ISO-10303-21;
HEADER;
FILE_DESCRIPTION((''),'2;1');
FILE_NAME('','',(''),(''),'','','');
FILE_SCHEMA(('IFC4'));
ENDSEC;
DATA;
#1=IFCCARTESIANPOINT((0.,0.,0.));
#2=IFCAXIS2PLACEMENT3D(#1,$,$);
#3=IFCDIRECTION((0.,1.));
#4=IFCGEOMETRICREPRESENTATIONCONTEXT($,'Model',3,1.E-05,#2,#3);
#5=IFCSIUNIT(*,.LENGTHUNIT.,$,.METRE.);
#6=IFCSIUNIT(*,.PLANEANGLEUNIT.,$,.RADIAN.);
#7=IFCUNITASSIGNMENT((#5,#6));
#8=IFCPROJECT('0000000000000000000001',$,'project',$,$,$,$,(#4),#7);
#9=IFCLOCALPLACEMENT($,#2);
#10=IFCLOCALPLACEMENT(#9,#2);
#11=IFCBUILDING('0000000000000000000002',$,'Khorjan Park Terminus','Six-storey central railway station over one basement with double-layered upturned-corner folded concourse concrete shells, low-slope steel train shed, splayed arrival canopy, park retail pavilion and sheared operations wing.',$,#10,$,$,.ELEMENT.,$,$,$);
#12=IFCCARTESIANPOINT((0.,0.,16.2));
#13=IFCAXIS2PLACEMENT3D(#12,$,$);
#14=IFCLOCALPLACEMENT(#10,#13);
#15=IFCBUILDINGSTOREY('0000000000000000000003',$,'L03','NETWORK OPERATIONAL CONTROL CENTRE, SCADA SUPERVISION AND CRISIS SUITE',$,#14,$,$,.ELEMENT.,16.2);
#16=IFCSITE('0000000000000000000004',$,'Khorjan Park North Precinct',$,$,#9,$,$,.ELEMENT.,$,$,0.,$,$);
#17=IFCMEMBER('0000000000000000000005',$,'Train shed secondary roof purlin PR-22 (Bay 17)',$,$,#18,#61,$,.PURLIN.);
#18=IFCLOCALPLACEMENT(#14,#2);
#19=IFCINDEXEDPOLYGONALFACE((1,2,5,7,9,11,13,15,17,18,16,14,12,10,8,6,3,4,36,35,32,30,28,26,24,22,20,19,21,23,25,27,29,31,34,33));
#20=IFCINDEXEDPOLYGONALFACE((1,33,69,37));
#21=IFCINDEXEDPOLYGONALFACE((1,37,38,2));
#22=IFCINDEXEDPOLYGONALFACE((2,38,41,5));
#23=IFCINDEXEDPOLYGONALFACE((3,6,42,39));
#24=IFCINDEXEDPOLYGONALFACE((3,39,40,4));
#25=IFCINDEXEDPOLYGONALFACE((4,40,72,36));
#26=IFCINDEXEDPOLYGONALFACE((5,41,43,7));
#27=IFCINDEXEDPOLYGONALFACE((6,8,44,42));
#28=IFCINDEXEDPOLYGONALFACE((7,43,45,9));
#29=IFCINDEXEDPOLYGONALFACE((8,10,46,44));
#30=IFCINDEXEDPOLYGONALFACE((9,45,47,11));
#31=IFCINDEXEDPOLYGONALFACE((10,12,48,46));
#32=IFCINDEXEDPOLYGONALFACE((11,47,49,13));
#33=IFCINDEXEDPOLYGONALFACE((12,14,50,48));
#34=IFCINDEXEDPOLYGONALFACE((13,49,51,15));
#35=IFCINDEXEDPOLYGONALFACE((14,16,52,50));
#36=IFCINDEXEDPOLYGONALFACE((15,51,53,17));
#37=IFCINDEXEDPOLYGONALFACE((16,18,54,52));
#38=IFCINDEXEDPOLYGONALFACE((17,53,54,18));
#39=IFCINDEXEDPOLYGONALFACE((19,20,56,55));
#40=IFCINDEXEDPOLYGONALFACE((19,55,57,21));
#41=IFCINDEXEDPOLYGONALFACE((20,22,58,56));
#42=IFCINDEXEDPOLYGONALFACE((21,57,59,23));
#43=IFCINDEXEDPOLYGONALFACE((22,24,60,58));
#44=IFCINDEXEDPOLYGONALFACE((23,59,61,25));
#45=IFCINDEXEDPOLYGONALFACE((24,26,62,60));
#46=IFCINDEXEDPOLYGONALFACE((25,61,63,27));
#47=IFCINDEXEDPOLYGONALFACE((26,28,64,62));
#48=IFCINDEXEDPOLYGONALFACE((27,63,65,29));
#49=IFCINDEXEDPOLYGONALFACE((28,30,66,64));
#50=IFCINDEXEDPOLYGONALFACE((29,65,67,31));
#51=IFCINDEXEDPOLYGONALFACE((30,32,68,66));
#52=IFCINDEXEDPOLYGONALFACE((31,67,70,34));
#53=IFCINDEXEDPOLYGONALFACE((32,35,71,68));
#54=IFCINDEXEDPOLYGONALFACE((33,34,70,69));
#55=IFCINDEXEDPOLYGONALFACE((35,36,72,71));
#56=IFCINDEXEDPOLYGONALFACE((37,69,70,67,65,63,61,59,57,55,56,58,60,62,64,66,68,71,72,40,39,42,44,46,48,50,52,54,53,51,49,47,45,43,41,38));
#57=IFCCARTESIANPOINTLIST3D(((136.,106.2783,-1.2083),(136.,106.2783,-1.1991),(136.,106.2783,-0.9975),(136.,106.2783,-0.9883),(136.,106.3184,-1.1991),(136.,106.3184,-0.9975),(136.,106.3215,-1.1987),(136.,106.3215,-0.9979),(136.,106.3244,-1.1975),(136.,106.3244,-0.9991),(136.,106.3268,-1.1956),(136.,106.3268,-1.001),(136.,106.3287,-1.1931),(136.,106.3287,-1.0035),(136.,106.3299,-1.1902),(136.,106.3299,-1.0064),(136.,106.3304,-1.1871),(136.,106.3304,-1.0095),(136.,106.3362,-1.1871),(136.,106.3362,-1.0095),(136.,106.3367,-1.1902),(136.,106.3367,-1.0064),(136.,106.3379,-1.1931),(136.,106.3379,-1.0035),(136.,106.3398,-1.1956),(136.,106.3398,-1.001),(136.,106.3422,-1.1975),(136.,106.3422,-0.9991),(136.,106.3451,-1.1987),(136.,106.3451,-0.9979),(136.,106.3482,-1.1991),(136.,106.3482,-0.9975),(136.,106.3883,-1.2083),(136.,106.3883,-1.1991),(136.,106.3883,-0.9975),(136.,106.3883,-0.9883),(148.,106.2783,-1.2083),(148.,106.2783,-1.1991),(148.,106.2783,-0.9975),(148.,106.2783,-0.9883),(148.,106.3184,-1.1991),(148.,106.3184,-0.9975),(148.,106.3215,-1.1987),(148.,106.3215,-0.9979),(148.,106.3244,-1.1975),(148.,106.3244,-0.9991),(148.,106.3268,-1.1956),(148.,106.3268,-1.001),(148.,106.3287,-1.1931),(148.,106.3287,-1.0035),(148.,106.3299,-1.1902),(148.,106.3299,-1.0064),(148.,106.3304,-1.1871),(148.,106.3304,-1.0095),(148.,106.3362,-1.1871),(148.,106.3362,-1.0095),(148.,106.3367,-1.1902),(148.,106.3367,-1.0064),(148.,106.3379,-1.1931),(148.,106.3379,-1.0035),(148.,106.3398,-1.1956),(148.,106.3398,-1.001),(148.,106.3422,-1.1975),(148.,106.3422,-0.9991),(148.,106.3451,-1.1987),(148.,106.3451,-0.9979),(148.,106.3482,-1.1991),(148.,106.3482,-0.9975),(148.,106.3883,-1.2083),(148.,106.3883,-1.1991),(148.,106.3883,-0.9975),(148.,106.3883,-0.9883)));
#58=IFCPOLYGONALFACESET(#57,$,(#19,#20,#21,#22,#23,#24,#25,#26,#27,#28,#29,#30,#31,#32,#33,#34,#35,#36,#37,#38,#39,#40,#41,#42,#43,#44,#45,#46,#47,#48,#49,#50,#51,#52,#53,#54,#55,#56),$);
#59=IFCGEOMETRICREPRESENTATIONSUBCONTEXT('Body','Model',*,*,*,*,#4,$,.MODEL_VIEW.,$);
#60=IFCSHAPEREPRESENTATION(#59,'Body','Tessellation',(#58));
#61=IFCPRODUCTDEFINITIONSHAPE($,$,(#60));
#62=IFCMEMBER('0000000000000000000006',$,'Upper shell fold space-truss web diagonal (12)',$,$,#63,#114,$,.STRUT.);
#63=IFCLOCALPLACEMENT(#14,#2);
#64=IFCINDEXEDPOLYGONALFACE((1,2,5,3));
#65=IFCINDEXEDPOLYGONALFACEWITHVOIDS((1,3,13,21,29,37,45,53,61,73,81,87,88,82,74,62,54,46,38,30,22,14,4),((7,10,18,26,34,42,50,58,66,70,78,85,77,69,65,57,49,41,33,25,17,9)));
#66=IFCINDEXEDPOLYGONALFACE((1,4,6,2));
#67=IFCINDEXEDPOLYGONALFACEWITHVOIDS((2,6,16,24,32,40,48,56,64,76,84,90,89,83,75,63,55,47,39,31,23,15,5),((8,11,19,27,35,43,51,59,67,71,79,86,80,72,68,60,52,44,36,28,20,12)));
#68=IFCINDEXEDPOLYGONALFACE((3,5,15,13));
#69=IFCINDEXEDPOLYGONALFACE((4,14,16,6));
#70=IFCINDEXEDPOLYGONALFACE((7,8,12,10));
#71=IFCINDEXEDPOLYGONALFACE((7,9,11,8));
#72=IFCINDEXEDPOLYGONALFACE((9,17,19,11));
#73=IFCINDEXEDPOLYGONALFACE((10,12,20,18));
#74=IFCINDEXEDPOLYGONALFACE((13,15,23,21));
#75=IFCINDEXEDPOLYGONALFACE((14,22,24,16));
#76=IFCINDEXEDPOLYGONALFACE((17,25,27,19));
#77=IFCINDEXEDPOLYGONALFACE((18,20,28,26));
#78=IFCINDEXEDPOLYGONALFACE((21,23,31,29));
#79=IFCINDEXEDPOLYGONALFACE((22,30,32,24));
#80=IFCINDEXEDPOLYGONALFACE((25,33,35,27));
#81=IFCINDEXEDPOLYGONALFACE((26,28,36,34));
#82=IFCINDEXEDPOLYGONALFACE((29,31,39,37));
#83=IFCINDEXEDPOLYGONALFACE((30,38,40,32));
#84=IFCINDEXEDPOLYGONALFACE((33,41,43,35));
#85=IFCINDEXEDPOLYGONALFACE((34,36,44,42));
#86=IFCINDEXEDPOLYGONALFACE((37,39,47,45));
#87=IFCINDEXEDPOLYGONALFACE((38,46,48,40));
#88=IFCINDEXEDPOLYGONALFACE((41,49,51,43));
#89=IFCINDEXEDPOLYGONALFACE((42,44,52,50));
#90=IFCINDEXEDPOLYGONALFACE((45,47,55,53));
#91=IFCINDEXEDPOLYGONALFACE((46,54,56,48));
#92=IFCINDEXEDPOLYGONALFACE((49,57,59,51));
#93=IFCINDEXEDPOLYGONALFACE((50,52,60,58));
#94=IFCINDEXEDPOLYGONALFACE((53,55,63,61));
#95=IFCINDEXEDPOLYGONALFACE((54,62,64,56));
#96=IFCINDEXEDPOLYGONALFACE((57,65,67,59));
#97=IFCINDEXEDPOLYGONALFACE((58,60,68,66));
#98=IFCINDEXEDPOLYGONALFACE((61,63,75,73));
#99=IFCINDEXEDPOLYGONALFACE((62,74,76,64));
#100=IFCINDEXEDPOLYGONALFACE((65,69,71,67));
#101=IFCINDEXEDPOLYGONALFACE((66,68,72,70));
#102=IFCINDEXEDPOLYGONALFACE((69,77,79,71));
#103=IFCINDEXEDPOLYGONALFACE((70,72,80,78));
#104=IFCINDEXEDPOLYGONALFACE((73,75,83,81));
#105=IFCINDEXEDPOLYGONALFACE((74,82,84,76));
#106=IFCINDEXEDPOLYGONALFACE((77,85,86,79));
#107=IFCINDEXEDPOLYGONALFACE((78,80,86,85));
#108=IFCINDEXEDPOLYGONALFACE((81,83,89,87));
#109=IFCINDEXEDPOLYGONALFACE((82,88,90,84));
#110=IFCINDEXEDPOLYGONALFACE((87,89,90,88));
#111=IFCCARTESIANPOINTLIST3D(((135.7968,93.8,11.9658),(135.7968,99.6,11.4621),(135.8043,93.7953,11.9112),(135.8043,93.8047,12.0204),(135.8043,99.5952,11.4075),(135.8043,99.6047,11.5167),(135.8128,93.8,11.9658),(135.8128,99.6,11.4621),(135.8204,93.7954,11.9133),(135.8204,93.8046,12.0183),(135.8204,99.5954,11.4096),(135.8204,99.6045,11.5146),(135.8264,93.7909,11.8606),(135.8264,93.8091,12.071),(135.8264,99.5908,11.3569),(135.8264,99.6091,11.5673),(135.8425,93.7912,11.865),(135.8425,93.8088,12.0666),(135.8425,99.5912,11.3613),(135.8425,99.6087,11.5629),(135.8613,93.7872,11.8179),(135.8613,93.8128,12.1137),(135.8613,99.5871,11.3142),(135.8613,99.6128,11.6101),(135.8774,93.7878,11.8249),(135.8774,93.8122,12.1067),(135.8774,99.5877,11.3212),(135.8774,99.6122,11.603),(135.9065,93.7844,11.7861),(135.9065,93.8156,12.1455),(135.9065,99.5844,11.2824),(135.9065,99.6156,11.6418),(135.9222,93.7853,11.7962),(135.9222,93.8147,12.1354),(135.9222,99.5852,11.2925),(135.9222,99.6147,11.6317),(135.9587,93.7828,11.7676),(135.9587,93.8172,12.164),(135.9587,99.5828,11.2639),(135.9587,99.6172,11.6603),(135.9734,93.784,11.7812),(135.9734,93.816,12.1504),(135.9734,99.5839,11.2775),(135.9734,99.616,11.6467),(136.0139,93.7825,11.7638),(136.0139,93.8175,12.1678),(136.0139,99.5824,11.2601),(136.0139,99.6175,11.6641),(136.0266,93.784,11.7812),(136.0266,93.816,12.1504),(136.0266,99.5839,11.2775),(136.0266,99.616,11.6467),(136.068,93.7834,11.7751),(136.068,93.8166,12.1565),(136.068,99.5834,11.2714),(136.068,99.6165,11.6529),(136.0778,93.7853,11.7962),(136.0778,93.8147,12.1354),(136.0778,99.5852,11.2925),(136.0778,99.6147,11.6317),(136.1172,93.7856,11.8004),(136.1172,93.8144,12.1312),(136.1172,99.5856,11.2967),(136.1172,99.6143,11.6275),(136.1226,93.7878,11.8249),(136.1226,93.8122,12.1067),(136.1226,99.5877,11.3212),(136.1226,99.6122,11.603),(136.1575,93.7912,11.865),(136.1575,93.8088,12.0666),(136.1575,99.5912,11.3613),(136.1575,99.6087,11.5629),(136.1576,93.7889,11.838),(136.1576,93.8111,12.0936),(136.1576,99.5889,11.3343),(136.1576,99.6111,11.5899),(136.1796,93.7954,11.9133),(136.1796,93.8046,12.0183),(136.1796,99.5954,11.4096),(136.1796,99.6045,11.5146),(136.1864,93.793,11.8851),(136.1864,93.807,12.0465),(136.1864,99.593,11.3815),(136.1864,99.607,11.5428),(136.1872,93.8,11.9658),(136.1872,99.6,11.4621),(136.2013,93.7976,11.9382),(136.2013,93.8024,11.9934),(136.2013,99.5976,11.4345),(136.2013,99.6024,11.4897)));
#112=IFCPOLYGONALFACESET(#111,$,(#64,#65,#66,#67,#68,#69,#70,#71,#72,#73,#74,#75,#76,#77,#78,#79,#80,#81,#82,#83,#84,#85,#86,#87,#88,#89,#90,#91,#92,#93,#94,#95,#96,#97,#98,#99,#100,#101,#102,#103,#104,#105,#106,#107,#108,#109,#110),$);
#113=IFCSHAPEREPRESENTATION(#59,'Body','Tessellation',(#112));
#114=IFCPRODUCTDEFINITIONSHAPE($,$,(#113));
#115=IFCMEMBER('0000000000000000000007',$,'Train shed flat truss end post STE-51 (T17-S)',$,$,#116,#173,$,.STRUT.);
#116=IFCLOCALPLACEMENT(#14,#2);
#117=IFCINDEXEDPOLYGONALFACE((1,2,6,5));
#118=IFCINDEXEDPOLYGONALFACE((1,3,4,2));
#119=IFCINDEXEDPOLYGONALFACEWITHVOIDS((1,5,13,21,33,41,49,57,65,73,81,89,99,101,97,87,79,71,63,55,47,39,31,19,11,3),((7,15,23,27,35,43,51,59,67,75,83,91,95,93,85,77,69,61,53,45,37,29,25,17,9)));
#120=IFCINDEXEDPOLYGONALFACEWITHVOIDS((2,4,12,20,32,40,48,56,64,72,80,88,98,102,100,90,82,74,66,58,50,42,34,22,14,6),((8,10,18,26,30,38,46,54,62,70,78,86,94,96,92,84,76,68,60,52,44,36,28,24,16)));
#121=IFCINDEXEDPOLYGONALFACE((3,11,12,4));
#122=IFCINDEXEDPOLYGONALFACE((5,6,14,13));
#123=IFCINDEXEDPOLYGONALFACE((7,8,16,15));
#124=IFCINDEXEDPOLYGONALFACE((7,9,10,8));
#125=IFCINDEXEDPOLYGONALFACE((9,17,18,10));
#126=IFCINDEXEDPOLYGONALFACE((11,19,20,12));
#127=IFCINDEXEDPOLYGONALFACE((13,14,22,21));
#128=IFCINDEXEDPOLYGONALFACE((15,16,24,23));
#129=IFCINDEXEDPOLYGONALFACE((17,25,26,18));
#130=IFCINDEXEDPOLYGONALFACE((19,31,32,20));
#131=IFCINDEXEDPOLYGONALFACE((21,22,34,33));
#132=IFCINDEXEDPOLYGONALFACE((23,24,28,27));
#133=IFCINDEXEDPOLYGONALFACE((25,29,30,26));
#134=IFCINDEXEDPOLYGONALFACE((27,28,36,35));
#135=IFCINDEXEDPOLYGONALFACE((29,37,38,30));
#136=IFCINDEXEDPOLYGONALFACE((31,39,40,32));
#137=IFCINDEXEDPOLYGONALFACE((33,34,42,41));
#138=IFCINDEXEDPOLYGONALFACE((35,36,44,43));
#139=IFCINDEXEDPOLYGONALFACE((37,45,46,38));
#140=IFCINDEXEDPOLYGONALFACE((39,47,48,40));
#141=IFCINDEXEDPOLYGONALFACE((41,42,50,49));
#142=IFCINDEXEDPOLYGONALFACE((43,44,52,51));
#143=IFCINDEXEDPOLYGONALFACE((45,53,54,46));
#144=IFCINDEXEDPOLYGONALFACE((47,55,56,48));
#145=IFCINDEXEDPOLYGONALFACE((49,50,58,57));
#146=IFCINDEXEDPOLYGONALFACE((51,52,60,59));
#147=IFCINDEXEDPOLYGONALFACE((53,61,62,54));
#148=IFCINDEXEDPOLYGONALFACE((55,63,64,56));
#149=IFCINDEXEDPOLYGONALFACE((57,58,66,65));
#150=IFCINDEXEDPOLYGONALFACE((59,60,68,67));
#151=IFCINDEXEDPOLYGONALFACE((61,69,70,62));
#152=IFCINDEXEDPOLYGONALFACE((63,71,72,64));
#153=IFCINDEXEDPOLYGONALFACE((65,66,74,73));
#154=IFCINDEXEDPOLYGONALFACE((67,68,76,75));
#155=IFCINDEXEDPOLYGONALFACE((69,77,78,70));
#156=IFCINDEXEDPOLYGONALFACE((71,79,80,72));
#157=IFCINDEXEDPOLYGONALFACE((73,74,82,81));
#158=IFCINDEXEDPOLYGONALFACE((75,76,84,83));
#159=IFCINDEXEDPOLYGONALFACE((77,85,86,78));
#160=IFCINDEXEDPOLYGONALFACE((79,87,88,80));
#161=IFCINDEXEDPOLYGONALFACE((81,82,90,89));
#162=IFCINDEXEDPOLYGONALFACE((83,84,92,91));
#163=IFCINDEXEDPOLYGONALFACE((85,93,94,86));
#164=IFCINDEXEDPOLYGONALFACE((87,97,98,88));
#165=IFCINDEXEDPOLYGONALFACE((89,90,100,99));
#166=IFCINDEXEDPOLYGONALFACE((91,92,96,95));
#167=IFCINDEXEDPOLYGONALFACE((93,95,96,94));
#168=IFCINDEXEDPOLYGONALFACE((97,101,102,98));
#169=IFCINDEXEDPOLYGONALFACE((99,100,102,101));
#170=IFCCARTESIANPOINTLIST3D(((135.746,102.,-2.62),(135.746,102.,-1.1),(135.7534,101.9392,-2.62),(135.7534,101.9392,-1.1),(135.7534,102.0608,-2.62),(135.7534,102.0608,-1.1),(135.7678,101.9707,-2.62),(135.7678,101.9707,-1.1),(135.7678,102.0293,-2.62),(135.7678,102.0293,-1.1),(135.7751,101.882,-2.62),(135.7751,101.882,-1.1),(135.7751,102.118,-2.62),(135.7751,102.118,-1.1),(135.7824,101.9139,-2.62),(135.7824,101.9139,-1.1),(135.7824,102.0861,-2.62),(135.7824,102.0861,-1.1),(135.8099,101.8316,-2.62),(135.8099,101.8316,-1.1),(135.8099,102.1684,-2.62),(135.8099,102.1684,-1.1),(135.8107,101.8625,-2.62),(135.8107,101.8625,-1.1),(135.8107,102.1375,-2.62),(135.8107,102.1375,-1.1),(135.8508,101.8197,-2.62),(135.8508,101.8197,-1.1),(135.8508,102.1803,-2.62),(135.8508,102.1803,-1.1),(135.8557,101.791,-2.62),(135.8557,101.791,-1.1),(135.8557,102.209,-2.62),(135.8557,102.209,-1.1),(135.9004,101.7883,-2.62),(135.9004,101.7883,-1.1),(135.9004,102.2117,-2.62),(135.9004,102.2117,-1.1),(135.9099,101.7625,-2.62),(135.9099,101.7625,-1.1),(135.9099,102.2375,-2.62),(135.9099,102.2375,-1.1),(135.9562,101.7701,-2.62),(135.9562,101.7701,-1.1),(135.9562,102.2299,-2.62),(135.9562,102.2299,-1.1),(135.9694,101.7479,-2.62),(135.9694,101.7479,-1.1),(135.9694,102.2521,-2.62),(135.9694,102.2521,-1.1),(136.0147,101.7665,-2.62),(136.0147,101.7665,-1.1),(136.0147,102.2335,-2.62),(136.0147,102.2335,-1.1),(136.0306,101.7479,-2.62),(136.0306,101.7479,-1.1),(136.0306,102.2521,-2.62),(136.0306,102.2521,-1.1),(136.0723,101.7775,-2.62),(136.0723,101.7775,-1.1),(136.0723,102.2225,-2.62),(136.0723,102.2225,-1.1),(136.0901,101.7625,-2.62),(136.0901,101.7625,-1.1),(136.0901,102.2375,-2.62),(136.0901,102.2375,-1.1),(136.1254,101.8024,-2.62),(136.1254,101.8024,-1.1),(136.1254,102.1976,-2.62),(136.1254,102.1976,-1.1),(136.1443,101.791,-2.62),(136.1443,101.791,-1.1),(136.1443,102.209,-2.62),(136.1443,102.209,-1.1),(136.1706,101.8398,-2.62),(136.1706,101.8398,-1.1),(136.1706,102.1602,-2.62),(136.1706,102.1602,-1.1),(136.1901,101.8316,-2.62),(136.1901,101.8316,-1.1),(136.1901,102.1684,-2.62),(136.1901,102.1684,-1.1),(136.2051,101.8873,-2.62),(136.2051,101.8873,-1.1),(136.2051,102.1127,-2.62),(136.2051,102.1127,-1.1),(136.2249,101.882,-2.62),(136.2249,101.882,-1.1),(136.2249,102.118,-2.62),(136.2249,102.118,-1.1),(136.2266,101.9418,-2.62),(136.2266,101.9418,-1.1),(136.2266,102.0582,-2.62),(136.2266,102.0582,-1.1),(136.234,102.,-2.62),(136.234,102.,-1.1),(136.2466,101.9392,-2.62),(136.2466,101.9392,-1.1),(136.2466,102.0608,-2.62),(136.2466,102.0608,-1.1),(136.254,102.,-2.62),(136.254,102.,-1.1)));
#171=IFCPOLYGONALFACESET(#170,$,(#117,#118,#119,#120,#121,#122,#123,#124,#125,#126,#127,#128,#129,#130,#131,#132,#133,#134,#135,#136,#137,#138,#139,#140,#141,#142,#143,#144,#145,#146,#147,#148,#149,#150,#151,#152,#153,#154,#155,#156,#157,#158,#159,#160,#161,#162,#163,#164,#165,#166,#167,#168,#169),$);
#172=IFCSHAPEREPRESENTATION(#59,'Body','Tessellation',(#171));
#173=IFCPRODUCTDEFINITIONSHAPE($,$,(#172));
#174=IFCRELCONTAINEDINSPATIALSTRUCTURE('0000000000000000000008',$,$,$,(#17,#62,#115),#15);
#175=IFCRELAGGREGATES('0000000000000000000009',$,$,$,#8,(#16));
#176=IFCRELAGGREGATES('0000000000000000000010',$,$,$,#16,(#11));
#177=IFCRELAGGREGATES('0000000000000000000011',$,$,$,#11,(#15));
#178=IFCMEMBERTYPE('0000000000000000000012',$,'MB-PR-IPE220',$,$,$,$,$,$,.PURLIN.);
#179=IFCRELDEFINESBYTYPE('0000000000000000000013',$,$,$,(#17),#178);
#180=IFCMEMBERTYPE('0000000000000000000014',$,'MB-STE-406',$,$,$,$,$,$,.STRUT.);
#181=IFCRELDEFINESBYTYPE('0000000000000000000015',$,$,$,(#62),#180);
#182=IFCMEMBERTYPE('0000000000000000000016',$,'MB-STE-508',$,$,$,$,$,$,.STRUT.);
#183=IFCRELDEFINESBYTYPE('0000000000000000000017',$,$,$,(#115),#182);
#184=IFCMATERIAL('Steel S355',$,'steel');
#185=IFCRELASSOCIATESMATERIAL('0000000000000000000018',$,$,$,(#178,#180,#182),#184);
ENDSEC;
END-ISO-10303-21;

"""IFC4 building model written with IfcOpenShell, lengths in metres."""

from ifc_helpers import new_model, si_unit, direction, frame, origin, origin_2d, place, context, subcontext, project, spatial, hollow_circle, i_section, extrude, material, material_profile, profile_set, type_object, element, save


model = new_model("IFC4")

# Units and contexts
model_context = context("Model", 3, precision=1e-05, world=origin(), true_north=direction((0.0, 1.0)))
body_context = subcontext(model_context, "Body", "Model", "MODEL_VIEW")
ifc_project = project(units=[si_unit("LENGTHUNIT", "METRE"), si_unit("PLANEANGLEUNIT", "RADIAN")], contexts=[model_context])

# Site, building, storey
site_placement = place(None, origin())
site = spatial("IfcSite", under=ifc_project, at=site_placement, Name="Khorjan Park North Precinct", CompositionType="ELEMENT", RefElevation=0.0)
building_placement = place(site_placement, origin())
building = spatial("IfcBuilding", under=site, at=building_placement, Name="Khorjan Park Terminus", Description="Six-storey central railway station over one basement with double-layered upturned-corner folded concourse concrete shells, low-slope steel train shed, splayed arrival canopy, park retail pavilion and sheared operations wing.", CompositionType="ELEMENT")
storey_placement = place(building_placement, frame((0.0, 0.0, 16.2)))
storey = spatial("IfcBuildingStorey", under=building, at=storey_placement, Name="L03", Description="NETWORK OPERATIONAL CONTROL CENTRE, SCADA SUPERVISION AND CRISIS SUITE", CompositionType="ELEMENT", Elevation=16.2)

# Members
ifc_material = material(Name="Steel S355", Category="steel")
ifc_material_profile_1 = material_profile(ifc_material, i_section(OverallWidth=0.11, OverallDepth=0.22, WebThickness=0.0059, FlangeThickness=0.0092, FilletRadius=0.012, at=origin_2d()), Name="IPE 220")
ifc_profile_set_1 = profile_set([ifc_material_profile_1], Name="Steel S355")
member_type_1 = type_object("IfcMemberType", Name="MB-PR-IPE220", PredefinedType="PURLIN", material=ifc_profile_set_1)
member_1_placement = place(storey_placement, frame((136.0, 106.3333, -1.0983), z_axis=(1.0, 0.0, 0.0), x_axis=(0.0, 1.0, 0.0)))
element("IfcMember", 1, at=member_1_placement, inside=storey, type_object=member_type_1, Name="Train shed secondary roof purlin PR-22 (Bay 17)", PredefinedType="PURLIN", context=body_context, shape_type="SweptSolid", body=[
    extrude(i_section(OverallWidth=0.11, OverallDepth=0.22, WebThickness=0.0059, FlangeThickness=0.0092, FilletRadius=0.012, at=origin_2d()), origin(), (0.0, 0.0, 1.0), 12.0),
])
ifc_material_profile_2 = material_profile(ifc_material, hollow_circle(Radius=0.2032, WallThickness=0.016, at=origin_2d()), Name="CHS 406.4x16")
ifc_profile_set_2 = profile_set([ifc_material_profile_2], Name="Steel S355")
member_type_2 = type_object("IfcMemberType", Name="MB-STE-406", PredefinedType="STRUT", material=ifc_profile_set_2)
member_2_placement = place(storey_placement, frame((136.0, 93.8, 11.9658), z_axis=(0.0, 0.99625, -0.086519), x_axis=(-1.0, 0.0, 0.0)))
element("IfcMember", 2, at=member_2_placement, inside=storey, type_object=member_type_2, Name="Upper shell fold space-truss web diagonal (12)", PredefinedType="STRUT", context=body_context, shape_type="SweptSolid", body=[
    extrude(hollow_circle(Radius=0.2032, WallThickness=0.016, at=origin_2d()), origin(), (0.0, 0.0, 1.0), 5.8218),
])
ifc_material_profile_3 = material_profile(ifc_material, hollow_circle(Radius=0.254, WallThickness=0.02, at=origin_2d()), Name="CHS 508x20")
ifc_profile_set_3 = profile_set([ifc_material_profile_3], Name="Steel S355")
member_type_3 = type_object("IfcMemberType", Name="MB-STE-508", PredefinedType="STRUT", material=ifc_profile_set_3)
member_3_placement = place(storey_placement, frame((136.0, 102.0, -2.62), z_axis=(0.0, 0.0, 1.0), x_axis=(1.0, 0.0, 0.0)))
element("IfcMember", 3, at=member_3_placement, inside=storey, type_object=member_type_3, Name="Train shed flat truss end post STE-51 (T17-S)", PredefinedType="STRUT", context=body_context, shape_type="SweptSolid", body=[
    extrude(hollow_circle(Radius=0.254, WallThickness=0.02, at=origin_2d()), origin(), (0.0, 0.0, 1.0), 1.52),
])

save(model, "model.ifc")
